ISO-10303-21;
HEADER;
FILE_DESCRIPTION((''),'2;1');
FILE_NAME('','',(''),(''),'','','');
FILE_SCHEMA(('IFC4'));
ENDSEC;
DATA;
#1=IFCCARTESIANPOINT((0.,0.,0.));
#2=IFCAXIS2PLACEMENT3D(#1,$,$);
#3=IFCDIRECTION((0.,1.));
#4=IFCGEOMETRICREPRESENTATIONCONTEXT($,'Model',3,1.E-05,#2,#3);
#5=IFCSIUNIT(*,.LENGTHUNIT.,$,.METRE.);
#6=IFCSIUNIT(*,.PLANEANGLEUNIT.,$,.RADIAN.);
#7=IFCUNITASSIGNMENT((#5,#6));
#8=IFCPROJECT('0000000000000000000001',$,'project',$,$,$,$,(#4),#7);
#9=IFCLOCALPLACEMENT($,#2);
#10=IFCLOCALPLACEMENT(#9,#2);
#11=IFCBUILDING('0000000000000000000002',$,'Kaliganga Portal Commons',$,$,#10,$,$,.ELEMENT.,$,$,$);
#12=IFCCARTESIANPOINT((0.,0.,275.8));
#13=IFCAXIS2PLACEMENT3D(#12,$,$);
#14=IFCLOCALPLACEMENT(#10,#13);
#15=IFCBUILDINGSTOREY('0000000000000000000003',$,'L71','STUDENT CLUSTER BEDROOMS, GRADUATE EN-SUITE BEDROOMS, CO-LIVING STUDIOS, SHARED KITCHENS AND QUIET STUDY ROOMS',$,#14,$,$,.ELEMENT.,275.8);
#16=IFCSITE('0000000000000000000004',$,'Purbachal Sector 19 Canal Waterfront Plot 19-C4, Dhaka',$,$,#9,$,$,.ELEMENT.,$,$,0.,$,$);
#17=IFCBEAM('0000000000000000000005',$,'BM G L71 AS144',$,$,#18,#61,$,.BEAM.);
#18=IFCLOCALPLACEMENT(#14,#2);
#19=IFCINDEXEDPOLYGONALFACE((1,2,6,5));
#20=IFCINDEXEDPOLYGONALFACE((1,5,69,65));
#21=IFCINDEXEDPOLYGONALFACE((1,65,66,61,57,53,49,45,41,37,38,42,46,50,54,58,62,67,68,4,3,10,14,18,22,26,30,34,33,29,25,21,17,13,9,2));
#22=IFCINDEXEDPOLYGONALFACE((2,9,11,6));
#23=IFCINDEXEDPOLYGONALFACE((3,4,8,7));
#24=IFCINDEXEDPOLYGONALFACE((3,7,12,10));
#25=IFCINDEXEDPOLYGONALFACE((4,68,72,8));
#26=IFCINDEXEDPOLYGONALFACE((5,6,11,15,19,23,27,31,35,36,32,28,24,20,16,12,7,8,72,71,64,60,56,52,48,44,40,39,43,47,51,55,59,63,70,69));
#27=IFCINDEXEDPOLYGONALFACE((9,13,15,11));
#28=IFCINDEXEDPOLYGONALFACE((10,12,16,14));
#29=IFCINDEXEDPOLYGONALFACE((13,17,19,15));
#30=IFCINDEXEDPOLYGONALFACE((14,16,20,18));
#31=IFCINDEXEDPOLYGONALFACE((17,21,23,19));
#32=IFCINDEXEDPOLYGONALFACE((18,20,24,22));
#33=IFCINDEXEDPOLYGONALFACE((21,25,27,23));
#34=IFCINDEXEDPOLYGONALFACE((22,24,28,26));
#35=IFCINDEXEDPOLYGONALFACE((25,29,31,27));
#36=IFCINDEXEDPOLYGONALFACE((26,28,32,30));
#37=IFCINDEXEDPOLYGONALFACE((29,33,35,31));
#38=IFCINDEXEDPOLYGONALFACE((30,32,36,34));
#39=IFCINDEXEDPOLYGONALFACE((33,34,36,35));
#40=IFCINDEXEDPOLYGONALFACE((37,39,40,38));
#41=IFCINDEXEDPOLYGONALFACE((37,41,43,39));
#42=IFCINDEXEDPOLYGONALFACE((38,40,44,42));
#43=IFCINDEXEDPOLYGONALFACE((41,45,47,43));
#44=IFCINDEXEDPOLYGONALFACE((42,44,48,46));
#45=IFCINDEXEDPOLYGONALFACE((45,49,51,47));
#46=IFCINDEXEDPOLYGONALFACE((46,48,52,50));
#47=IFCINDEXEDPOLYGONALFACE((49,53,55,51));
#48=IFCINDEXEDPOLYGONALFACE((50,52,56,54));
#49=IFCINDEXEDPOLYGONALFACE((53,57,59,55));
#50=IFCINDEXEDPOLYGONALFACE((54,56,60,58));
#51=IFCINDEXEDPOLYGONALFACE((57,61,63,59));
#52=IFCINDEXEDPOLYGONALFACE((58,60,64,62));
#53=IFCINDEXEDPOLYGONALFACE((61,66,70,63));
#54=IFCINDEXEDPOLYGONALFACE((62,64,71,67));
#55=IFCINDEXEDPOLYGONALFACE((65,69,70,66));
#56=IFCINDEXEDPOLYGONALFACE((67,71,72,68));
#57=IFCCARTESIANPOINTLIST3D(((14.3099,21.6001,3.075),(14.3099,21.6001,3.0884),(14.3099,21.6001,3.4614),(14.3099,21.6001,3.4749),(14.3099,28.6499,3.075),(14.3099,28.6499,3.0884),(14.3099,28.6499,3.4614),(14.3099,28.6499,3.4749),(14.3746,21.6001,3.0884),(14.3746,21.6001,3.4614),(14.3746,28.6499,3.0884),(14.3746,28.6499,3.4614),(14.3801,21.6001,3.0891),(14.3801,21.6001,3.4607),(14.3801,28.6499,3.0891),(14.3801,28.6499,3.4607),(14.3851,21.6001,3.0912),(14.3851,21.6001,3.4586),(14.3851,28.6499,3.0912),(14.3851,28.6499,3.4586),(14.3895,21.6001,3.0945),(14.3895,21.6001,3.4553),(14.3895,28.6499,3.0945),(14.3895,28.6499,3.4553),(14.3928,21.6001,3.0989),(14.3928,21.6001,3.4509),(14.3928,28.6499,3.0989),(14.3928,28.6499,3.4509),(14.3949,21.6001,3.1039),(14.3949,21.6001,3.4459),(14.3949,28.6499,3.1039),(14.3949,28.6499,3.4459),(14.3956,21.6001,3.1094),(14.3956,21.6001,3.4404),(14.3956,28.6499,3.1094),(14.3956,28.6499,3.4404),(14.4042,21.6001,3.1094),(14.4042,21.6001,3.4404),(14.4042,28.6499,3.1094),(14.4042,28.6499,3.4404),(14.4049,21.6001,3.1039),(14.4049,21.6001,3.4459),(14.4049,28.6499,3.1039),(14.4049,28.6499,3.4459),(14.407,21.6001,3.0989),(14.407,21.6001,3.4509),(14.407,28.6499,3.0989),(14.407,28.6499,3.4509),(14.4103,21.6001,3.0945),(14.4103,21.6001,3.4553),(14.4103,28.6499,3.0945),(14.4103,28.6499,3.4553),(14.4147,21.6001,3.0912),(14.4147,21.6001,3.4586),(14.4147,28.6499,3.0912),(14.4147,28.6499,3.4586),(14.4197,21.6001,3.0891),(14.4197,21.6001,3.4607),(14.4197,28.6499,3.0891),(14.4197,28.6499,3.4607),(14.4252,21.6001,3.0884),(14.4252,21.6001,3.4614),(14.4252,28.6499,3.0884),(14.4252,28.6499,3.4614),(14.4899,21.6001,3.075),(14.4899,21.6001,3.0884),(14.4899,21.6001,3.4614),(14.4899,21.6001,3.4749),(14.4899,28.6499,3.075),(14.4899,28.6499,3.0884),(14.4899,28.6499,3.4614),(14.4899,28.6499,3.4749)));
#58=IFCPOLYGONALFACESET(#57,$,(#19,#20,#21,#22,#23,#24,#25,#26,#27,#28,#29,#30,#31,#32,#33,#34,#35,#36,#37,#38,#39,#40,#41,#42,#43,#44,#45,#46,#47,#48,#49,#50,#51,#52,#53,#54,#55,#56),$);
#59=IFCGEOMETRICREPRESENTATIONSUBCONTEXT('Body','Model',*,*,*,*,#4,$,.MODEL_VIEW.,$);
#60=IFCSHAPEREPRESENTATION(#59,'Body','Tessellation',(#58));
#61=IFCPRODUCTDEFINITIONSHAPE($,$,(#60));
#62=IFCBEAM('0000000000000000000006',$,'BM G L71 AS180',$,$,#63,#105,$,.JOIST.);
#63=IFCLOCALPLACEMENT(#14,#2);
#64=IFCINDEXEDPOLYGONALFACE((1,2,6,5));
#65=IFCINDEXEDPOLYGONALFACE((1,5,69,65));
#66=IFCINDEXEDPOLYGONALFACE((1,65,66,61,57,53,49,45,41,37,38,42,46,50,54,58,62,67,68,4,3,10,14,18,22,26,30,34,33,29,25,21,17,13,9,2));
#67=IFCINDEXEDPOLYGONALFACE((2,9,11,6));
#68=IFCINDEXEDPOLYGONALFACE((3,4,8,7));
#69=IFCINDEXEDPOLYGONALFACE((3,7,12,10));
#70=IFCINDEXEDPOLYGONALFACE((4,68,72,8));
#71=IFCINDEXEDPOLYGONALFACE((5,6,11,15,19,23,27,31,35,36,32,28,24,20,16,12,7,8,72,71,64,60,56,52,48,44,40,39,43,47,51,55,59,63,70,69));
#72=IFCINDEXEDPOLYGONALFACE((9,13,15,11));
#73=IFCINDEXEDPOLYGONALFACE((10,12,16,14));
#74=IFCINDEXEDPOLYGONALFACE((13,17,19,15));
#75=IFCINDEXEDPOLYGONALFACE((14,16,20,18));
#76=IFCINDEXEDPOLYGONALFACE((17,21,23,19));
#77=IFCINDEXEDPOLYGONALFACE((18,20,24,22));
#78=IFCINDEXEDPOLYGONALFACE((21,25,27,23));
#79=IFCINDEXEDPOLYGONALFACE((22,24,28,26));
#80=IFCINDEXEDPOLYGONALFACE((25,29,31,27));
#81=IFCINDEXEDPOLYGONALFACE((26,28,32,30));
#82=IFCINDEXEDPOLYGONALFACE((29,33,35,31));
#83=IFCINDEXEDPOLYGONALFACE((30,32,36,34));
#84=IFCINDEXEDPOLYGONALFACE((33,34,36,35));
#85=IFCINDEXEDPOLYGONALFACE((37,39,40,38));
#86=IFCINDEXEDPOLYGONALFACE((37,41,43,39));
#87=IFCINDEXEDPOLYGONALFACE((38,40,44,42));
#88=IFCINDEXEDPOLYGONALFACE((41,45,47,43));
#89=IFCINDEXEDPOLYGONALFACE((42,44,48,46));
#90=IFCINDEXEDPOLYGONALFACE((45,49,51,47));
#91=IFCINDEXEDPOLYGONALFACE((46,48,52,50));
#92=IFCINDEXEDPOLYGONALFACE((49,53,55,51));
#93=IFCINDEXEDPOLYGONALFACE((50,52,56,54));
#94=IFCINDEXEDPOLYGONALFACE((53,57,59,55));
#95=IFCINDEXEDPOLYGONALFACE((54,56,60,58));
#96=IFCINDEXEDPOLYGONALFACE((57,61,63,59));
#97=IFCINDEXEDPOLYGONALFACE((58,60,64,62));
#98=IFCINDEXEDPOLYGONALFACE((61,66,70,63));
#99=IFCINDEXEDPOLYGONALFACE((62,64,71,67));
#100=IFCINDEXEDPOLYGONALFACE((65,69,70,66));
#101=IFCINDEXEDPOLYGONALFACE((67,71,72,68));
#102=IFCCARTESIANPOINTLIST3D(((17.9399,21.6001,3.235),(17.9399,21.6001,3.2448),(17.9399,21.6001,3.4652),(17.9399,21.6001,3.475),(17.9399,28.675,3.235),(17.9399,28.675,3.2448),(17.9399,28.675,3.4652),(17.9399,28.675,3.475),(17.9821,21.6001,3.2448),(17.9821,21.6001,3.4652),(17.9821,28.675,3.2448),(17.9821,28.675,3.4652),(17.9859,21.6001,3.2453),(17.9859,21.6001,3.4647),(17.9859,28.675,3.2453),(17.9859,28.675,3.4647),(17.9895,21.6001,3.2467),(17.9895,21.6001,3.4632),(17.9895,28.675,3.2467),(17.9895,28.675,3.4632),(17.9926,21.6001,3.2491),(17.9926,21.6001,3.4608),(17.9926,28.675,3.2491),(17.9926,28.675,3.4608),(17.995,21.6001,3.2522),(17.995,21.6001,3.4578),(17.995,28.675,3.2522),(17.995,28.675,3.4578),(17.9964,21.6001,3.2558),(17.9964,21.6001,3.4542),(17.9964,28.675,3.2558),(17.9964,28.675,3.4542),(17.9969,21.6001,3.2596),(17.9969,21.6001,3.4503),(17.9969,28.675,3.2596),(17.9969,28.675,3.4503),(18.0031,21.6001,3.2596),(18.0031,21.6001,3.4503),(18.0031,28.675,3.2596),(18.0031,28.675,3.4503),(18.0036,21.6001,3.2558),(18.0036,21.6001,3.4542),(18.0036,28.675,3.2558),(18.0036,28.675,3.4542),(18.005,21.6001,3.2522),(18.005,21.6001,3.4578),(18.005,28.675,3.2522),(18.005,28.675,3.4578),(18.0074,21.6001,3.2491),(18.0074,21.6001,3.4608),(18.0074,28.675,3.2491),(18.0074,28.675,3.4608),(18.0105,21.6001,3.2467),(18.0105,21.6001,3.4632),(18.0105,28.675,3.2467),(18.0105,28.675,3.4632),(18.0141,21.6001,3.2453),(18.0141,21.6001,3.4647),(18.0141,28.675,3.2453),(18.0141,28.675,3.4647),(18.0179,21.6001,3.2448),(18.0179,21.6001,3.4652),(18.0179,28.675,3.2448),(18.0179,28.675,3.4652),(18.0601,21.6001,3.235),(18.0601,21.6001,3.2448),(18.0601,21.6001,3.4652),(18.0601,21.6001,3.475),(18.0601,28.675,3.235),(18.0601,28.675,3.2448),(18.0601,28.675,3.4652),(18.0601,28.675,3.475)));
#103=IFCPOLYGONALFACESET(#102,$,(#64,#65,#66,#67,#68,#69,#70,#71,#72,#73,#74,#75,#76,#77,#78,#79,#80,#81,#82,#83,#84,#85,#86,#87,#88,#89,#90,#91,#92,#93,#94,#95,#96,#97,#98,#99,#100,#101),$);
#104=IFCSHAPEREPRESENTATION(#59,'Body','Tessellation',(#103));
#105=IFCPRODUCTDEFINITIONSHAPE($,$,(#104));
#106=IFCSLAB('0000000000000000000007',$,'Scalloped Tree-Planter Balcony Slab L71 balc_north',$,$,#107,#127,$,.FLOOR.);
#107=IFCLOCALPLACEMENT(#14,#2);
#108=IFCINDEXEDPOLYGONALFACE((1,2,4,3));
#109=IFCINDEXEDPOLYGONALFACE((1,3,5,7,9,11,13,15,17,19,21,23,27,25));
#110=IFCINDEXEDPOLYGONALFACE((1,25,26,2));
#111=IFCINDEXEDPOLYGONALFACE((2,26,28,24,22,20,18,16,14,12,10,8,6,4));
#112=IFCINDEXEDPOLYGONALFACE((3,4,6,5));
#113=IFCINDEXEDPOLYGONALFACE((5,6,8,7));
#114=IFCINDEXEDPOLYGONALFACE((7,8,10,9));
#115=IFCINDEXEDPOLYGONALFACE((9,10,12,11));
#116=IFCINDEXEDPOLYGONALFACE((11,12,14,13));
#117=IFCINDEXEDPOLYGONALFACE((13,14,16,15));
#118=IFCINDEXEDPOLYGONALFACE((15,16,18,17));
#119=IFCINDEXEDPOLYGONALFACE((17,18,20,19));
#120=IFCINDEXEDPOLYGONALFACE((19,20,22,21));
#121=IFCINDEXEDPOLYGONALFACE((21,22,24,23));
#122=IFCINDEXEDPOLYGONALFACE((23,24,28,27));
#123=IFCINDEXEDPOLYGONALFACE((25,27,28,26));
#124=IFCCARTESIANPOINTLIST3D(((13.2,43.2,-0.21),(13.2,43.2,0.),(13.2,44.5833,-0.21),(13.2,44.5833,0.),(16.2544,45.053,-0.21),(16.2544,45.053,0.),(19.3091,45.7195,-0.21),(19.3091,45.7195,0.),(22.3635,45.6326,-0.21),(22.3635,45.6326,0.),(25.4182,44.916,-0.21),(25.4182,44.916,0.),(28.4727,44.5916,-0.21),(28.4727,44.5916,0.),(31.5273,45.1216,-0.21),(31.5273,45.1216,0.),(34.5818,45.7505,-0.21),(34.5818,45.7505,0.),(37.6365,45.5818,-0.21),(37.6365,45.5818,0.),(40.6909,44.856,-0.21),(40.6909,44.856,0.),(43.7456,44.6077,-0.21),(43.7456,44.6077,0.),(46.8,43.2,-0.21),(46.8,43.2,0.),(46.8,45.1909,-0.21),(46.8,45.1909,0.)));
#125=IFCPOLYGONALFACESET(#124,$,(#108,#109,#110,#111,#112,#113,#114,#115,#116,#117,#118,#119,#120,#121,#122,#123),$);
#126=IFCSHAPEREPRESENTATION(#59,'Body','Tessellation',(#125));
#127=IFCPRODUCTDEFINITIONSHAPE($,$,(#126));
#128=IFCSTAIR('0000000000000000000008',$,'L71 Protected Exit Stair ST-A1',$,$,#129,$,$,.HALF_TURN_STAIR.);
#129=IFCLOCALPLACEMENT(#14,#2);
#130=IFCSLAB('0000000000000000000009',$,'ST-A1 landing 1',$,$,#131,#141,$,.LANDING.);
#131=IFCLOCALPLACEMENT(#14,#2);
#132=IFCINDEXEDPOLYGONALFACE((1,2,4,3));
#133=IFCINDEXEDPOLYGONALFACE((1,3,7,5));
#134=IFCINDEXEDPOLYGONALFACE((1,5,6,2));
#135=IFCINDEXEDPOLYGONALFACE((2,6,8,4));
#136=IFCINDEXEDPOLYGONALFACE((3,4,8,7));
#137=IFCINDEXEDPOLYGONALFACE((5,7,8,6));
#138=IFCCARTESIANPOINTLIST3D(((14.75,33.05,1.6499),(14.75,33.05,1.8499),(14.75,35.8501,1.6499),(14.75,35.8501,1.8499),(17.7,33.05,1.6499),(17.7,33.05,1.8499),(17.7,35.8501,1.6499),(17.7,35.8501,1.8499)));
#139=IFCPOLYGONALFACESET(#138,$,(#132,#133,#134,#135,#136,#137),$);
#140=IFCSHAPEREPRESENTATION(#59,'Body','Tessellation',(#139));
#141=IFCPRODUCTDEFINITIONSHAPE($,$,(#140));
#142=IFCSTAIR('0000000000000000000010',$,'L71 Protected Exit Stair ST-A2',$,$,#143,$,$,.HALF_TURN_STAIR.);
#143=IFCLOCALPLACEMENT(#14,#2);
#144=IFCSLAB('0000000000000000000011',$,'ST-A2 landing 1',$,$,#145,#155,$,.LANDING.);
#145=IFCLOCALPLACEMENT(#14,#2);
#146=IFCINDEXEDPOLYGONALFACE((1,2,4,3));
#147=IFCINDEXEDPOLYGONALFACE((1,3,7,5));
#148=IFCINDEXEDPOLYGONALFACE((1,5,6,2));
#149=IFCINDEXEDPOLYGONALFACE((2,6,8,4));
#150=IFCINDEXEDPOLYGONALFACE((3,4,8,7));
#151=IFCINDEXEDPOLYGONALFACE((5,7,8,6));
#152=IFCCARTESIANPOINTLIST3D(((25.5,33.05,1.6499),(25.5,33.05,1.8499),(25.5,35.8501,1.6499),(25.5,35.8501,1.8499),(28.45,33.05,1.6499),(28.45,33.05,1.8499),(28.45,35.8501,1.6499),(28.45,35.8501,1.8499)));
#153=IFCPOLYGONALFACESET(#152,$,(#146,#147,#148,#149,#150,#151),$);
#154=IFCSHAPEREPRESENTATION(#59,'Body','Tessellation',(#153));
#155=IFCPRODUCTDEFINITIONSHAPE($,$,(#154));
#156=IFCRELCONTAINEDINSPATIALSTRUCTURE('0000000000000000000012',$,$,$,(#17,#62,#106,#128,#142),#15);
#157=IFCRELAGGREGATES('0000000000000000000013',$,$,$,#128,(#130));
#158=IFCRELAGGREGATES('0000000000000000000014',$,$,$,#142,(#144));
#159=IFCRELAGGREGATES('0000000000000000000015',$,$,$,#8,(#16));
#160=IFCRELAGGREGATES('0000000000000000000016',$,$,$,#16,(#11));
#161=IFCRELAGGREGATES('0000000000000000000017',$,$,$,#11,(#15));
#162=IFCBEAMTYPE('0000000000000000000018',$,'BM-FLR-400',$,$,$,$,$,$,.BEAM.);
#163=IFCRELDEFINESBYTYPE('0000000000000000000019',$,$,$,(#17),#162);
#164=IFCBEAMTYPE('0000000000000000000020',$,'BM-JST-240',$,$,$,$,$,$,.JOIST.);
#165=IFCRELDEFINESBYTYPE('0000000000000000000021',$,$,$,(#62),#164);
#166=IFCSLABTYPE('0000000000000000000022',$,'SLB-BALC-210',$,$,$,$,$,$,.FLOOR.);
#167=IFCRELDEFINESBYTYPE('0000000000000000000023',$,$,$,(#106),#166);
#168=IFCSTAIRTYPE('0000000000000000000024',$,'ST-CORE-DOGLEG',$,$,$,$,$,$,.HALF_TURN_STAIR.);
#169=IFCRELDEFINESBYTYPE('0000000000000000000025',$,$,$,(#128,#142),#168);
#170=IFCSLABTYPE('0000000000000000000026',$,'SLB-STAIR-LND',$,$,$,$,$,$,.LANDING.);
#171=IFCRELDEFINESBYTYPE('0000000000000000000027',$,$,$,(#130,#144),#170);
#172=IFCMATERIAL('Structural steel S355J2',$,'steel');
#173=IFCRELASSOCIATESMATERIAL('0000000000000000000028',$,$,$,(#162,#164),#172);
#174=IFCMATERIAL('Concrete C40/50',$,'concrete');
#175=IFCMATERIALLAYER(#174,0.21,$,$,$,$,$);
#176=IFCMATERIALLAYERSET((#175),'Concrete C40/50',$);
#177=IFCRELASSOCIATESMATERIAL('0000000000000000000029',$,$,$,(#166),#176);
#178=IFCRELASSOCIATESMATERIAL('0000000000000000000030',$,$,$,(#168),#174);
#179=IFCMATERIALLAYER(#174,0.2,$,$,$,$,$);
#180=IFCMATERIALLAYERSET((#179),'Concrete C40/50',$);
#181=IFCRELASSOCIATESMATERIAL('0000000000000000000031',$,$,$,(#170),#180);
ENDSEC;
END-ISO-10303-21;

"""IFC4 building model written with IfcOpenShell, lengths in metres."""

from ifc_helpers import new_model, si_unit, direction, frame, origin, origin_2d, place, context, subcontext, project, spatial, polyline, i_section, outline, extrude, source, transform, mapped, material, layer, layer_set, material_profile, profile_set, type_object, element, aggregate, save


model = new_model("IFC4")

# Units and contexts
model_context = context("Model", 3, precision=1e-05, world=origin(), true_north=direction((0.0, 1.0)))
body_context = subcontext(model_context, "Body", "Model", "MODEL_VIEW")
ifc_project = project(units=[si_unit("LENGTHUNIT", "METRE"), si_unit("PLANEANGLEUNIT", "RADIAN")], contexts=[model_context])

# Site, building, storey
site_placement = place(None, origin())
site = spatial("IfcSite", under=ifc_project, at=site_placement, Name="Purbachal Sector 19 Canal Waterfront Plot 19-C4, Dhaka", CompositionType="ELEMENT", RefElevation=0.0)
building_placement = place(site_placement, origin())
building = spatial("IfcBuilding", under=site, at=building_placement, Name="Kaliganga Portal Commons", CompositionType="ELEMENT")
storey_placement = place(building_placement, frame((0.0, 0.0, 275.8)))
storey = spatial("IfcBuildingStorey", under=building, at=storey_placement, Name="L71", Description="STUDENT CLUSTER BEDROOMS, GRADUATE EN-SUITE BEDROOMS, CO-LIVING STUDIOS, SHARED KITCHENS AND QUIET STUDY ROOMS", CompositionType="ELEMENT", Elevation=275.8)

# Shared definitions
ifc_material_1 = material(Name="Structural steel S355J2", Category="steel")

# Beams
ifc_material_profile_1 = material_profile(ifc_material_1, i_section(OverallWidth=0.1799, OverallDepth=0.3999, WebThickness=0.0085, FlangeThickness=0.0134, FilletRadius=0.021, at=origin_2d()), Name="IPE 400")
ifc_profile_set_1 = profile_set([ifc_material_profile_1], Name="Structural steel S355J2 wide-flange")
beam_type_1 = type_object("IfcBeamType", Name="BM-FLR-400", PredefinedType="BEAM", material=ifc_profile_set_1)
shared_shape_1 = source(origin(), body_context, "Body", "SweptSolid", [
    extrude(i_section(OverallWidth=0.1799, OverallDepth=0.3999, WebThickness=0.0085, FlangeThickness=0.0134, FilletRadius=0.021, at=origin_2d()), origin(), (0.0, 0.0, 1.0), 7.0498),
])
beam_1_placement = place(storey_placement, frame((14.3999, 21.6001, 3.2749), z_axis=(0.0, 1.0, 0.0), x_axis=(-1.0, 0.0, 0.0)))
element("IfcBeam", 1, at=beam_1_placement, inside=storey, type_object=beam_type_1, Name="BM G L71 AS144", PredefinedType="BEAM", context=body_context, shape_type="MappedRepresentation", body=[
    mapped(shared_shape_1, transform((0.0, 0.0, 0.0), x_axis=(1.0, 0.0, 0.0), y_axis=(0.0, 1.0, 0.0), z_axis=(0.0, 0.0, 1.0), scale=1.0)),
])
ifc_material_profile_2 = material_profile(ifc_material_1, i_section(OverallWidth=0.1201, OverallDepth=0.24, WebThickness=0.0061, FlangeThickness=0.0098, FilletRadius=0.0149, at=origin_2d()), Name="IPE 240")
ifc_profile_set_2 = profile_set([ifc_material_profile_2], Name="Structural steel S355J2 wide-flange")
beam_type_2 = type_object("IfcBeamType", Name="BM-JST-240", PredefinedType="JOIST", material=ifc_profile_set_2)
shared_shape_2 = source(origin(), body_context, "Body", "SweptSolid", [
    extrude(i_section(OverallWidth=0.1201, OverallDepth=0.24, WebThickness=0.0061, FlangeThickness=0.0098, FilletRadius=0.0149, at=origin_2d()), origin(), (0.0, 0.0, 1.0), 7.075),
])
beam_2_placement = place(storey_placement, frame((18.0, 21.6001, 3.355), z_axis=(0.0, 1.0, 0.0), x_axis=(-1.0, 0.0, 0.0)))
element("IfcBeam", 2, at=beam_2_placement, inside=storey, type_object=beam_type_2, Name="BM G L71 AS180", PredefinedType="JOIST", context=body_context, shape_type="MappedRepresentation", body=[
    mapped(shared_shape_2, transform((0.0, 0.0, 0.0), x_axis=(1.0, 0.0, 0.0), y_axis=(0.0, 1.0, 0.0), z_axis=(0.0, 0.0, 1.0), scale=1.0)),
])

# Slab
ifc_material_2 = material(Name="Concrete C40/50", Category="concrete")
ifc_layer_1 = layer(ifc_material_2, 0.21)
ifc_layer_set_1 = layer_set([ifc_layer_1], Name="Concrete C40/50")
slab_type_1 = type_object("IfcSlabType", Name="SLB-BALC-210", PredefinedType="FLOOR", material=ifc_layer_set_1)
slab_1_placement = place(storey_placement, frame((0.0, 0.0, -0.21)))
element("IfcSlab", 3, at=slab_1_placement, inside=storey, type_object=slab_type_1, Name="Scalloped Tree-Planter Balcony Slab L71 balc_north", PredefinedType="FLOOR", context=body_context, shape_type="SweptSolid", body=[
    extrude(outline(polyline([(46.8, 43.2), (46.8, 45.1909), (43.7456, 44.6077), (40.6909, 44.856), (37.6365, 45.5818), (34.5818, 45.7505), (31.5273, 45.1216), (28.4727, 44.5916), (25.4182, 44.916), (22.3635, 45.6326), (19.3091, 45.7195), (16.2544, 45.053), (13.2, 44.5833), (13.2, 43.2), (46.8, 43.2)])), origin(), (0.0, 0.0, 1.0), 0.21),
])

# Stairs, slabs
stair_type = type_object("IfcStairType", Name="ST-CORE-DOGLEG", PredefinedType="HALF_TURN_STAIR", material=ifc_material_2)
stair_1_placement = place(storey_placement, origin())
stair_1 = element("IfcStair", 4, at=stair_1_placement, inside=storey, type_object=stair_type, Name="L71 Protected Exit Stair ST-A1", PredefinedType="HALF_TURN_STAIR")
ifc_layer_2 = layer(ifc_material_2, 0.2)
ifc_layer_set_2 = layer_set([ifc_layer_2], Name="Concrete C40/50")
slab_type_2 = type_object("IfcSlabType", Name="SLB-STAIR-LND", PredefinedType="LANDING", material=ifc_layer_set_2)
slab_2_placement = place(storey_placement, frame((0.0, 0.0, 1.6499)))
slab_2 = element("IfcSlab", 5, at=slab_2_placement, type_object=slab_type_2, Name="ST-A1 landing 1", PredefinedType="LANDING", context=body_context, shape_type="SweptSolid", body=[
    extrude(outline(polyline([(17.7, 33.05), (17.7, 35.8501), (14.75, 35.8501), (14.75, 33.05), (17.7, 33.05)])), origin(), (0.0, 0.0, 1.0), 0.2),
])
aggregate(stair_1, [slab_2])
stair_2_placement = place(storey_placement, origin())
stair_2 = element("IfcStair", 6, at=stair_2_placement, inside=storey, type_object=stair_type, Name="L71 Protected Exit Stair ST-A2", PredefinedType="HALF_TURN_STAIR")
slab_3_placement = place(storey_placement, frame((0.0, 0.0, 1.6499)))
slab_3 = element("IfcSlab", 7, at=slab_3_placement, type_object=slab_type_2, Name="ST-A2 landing 1", PredefinedType="LANDING", context=body_context, shape_type="SweptSolid", body=[
    extrude(outline(polyline([(28.45, 33.05), (28.45, 35.8501), (25.5, 35.8501), (25.5, 33.05), (28.45, 33.05)])), origin(), (0.0, 0.0, 1.0), 0.2),
])
aggregate(stair_2, [slab_3])

save(model, "model.ifc")
